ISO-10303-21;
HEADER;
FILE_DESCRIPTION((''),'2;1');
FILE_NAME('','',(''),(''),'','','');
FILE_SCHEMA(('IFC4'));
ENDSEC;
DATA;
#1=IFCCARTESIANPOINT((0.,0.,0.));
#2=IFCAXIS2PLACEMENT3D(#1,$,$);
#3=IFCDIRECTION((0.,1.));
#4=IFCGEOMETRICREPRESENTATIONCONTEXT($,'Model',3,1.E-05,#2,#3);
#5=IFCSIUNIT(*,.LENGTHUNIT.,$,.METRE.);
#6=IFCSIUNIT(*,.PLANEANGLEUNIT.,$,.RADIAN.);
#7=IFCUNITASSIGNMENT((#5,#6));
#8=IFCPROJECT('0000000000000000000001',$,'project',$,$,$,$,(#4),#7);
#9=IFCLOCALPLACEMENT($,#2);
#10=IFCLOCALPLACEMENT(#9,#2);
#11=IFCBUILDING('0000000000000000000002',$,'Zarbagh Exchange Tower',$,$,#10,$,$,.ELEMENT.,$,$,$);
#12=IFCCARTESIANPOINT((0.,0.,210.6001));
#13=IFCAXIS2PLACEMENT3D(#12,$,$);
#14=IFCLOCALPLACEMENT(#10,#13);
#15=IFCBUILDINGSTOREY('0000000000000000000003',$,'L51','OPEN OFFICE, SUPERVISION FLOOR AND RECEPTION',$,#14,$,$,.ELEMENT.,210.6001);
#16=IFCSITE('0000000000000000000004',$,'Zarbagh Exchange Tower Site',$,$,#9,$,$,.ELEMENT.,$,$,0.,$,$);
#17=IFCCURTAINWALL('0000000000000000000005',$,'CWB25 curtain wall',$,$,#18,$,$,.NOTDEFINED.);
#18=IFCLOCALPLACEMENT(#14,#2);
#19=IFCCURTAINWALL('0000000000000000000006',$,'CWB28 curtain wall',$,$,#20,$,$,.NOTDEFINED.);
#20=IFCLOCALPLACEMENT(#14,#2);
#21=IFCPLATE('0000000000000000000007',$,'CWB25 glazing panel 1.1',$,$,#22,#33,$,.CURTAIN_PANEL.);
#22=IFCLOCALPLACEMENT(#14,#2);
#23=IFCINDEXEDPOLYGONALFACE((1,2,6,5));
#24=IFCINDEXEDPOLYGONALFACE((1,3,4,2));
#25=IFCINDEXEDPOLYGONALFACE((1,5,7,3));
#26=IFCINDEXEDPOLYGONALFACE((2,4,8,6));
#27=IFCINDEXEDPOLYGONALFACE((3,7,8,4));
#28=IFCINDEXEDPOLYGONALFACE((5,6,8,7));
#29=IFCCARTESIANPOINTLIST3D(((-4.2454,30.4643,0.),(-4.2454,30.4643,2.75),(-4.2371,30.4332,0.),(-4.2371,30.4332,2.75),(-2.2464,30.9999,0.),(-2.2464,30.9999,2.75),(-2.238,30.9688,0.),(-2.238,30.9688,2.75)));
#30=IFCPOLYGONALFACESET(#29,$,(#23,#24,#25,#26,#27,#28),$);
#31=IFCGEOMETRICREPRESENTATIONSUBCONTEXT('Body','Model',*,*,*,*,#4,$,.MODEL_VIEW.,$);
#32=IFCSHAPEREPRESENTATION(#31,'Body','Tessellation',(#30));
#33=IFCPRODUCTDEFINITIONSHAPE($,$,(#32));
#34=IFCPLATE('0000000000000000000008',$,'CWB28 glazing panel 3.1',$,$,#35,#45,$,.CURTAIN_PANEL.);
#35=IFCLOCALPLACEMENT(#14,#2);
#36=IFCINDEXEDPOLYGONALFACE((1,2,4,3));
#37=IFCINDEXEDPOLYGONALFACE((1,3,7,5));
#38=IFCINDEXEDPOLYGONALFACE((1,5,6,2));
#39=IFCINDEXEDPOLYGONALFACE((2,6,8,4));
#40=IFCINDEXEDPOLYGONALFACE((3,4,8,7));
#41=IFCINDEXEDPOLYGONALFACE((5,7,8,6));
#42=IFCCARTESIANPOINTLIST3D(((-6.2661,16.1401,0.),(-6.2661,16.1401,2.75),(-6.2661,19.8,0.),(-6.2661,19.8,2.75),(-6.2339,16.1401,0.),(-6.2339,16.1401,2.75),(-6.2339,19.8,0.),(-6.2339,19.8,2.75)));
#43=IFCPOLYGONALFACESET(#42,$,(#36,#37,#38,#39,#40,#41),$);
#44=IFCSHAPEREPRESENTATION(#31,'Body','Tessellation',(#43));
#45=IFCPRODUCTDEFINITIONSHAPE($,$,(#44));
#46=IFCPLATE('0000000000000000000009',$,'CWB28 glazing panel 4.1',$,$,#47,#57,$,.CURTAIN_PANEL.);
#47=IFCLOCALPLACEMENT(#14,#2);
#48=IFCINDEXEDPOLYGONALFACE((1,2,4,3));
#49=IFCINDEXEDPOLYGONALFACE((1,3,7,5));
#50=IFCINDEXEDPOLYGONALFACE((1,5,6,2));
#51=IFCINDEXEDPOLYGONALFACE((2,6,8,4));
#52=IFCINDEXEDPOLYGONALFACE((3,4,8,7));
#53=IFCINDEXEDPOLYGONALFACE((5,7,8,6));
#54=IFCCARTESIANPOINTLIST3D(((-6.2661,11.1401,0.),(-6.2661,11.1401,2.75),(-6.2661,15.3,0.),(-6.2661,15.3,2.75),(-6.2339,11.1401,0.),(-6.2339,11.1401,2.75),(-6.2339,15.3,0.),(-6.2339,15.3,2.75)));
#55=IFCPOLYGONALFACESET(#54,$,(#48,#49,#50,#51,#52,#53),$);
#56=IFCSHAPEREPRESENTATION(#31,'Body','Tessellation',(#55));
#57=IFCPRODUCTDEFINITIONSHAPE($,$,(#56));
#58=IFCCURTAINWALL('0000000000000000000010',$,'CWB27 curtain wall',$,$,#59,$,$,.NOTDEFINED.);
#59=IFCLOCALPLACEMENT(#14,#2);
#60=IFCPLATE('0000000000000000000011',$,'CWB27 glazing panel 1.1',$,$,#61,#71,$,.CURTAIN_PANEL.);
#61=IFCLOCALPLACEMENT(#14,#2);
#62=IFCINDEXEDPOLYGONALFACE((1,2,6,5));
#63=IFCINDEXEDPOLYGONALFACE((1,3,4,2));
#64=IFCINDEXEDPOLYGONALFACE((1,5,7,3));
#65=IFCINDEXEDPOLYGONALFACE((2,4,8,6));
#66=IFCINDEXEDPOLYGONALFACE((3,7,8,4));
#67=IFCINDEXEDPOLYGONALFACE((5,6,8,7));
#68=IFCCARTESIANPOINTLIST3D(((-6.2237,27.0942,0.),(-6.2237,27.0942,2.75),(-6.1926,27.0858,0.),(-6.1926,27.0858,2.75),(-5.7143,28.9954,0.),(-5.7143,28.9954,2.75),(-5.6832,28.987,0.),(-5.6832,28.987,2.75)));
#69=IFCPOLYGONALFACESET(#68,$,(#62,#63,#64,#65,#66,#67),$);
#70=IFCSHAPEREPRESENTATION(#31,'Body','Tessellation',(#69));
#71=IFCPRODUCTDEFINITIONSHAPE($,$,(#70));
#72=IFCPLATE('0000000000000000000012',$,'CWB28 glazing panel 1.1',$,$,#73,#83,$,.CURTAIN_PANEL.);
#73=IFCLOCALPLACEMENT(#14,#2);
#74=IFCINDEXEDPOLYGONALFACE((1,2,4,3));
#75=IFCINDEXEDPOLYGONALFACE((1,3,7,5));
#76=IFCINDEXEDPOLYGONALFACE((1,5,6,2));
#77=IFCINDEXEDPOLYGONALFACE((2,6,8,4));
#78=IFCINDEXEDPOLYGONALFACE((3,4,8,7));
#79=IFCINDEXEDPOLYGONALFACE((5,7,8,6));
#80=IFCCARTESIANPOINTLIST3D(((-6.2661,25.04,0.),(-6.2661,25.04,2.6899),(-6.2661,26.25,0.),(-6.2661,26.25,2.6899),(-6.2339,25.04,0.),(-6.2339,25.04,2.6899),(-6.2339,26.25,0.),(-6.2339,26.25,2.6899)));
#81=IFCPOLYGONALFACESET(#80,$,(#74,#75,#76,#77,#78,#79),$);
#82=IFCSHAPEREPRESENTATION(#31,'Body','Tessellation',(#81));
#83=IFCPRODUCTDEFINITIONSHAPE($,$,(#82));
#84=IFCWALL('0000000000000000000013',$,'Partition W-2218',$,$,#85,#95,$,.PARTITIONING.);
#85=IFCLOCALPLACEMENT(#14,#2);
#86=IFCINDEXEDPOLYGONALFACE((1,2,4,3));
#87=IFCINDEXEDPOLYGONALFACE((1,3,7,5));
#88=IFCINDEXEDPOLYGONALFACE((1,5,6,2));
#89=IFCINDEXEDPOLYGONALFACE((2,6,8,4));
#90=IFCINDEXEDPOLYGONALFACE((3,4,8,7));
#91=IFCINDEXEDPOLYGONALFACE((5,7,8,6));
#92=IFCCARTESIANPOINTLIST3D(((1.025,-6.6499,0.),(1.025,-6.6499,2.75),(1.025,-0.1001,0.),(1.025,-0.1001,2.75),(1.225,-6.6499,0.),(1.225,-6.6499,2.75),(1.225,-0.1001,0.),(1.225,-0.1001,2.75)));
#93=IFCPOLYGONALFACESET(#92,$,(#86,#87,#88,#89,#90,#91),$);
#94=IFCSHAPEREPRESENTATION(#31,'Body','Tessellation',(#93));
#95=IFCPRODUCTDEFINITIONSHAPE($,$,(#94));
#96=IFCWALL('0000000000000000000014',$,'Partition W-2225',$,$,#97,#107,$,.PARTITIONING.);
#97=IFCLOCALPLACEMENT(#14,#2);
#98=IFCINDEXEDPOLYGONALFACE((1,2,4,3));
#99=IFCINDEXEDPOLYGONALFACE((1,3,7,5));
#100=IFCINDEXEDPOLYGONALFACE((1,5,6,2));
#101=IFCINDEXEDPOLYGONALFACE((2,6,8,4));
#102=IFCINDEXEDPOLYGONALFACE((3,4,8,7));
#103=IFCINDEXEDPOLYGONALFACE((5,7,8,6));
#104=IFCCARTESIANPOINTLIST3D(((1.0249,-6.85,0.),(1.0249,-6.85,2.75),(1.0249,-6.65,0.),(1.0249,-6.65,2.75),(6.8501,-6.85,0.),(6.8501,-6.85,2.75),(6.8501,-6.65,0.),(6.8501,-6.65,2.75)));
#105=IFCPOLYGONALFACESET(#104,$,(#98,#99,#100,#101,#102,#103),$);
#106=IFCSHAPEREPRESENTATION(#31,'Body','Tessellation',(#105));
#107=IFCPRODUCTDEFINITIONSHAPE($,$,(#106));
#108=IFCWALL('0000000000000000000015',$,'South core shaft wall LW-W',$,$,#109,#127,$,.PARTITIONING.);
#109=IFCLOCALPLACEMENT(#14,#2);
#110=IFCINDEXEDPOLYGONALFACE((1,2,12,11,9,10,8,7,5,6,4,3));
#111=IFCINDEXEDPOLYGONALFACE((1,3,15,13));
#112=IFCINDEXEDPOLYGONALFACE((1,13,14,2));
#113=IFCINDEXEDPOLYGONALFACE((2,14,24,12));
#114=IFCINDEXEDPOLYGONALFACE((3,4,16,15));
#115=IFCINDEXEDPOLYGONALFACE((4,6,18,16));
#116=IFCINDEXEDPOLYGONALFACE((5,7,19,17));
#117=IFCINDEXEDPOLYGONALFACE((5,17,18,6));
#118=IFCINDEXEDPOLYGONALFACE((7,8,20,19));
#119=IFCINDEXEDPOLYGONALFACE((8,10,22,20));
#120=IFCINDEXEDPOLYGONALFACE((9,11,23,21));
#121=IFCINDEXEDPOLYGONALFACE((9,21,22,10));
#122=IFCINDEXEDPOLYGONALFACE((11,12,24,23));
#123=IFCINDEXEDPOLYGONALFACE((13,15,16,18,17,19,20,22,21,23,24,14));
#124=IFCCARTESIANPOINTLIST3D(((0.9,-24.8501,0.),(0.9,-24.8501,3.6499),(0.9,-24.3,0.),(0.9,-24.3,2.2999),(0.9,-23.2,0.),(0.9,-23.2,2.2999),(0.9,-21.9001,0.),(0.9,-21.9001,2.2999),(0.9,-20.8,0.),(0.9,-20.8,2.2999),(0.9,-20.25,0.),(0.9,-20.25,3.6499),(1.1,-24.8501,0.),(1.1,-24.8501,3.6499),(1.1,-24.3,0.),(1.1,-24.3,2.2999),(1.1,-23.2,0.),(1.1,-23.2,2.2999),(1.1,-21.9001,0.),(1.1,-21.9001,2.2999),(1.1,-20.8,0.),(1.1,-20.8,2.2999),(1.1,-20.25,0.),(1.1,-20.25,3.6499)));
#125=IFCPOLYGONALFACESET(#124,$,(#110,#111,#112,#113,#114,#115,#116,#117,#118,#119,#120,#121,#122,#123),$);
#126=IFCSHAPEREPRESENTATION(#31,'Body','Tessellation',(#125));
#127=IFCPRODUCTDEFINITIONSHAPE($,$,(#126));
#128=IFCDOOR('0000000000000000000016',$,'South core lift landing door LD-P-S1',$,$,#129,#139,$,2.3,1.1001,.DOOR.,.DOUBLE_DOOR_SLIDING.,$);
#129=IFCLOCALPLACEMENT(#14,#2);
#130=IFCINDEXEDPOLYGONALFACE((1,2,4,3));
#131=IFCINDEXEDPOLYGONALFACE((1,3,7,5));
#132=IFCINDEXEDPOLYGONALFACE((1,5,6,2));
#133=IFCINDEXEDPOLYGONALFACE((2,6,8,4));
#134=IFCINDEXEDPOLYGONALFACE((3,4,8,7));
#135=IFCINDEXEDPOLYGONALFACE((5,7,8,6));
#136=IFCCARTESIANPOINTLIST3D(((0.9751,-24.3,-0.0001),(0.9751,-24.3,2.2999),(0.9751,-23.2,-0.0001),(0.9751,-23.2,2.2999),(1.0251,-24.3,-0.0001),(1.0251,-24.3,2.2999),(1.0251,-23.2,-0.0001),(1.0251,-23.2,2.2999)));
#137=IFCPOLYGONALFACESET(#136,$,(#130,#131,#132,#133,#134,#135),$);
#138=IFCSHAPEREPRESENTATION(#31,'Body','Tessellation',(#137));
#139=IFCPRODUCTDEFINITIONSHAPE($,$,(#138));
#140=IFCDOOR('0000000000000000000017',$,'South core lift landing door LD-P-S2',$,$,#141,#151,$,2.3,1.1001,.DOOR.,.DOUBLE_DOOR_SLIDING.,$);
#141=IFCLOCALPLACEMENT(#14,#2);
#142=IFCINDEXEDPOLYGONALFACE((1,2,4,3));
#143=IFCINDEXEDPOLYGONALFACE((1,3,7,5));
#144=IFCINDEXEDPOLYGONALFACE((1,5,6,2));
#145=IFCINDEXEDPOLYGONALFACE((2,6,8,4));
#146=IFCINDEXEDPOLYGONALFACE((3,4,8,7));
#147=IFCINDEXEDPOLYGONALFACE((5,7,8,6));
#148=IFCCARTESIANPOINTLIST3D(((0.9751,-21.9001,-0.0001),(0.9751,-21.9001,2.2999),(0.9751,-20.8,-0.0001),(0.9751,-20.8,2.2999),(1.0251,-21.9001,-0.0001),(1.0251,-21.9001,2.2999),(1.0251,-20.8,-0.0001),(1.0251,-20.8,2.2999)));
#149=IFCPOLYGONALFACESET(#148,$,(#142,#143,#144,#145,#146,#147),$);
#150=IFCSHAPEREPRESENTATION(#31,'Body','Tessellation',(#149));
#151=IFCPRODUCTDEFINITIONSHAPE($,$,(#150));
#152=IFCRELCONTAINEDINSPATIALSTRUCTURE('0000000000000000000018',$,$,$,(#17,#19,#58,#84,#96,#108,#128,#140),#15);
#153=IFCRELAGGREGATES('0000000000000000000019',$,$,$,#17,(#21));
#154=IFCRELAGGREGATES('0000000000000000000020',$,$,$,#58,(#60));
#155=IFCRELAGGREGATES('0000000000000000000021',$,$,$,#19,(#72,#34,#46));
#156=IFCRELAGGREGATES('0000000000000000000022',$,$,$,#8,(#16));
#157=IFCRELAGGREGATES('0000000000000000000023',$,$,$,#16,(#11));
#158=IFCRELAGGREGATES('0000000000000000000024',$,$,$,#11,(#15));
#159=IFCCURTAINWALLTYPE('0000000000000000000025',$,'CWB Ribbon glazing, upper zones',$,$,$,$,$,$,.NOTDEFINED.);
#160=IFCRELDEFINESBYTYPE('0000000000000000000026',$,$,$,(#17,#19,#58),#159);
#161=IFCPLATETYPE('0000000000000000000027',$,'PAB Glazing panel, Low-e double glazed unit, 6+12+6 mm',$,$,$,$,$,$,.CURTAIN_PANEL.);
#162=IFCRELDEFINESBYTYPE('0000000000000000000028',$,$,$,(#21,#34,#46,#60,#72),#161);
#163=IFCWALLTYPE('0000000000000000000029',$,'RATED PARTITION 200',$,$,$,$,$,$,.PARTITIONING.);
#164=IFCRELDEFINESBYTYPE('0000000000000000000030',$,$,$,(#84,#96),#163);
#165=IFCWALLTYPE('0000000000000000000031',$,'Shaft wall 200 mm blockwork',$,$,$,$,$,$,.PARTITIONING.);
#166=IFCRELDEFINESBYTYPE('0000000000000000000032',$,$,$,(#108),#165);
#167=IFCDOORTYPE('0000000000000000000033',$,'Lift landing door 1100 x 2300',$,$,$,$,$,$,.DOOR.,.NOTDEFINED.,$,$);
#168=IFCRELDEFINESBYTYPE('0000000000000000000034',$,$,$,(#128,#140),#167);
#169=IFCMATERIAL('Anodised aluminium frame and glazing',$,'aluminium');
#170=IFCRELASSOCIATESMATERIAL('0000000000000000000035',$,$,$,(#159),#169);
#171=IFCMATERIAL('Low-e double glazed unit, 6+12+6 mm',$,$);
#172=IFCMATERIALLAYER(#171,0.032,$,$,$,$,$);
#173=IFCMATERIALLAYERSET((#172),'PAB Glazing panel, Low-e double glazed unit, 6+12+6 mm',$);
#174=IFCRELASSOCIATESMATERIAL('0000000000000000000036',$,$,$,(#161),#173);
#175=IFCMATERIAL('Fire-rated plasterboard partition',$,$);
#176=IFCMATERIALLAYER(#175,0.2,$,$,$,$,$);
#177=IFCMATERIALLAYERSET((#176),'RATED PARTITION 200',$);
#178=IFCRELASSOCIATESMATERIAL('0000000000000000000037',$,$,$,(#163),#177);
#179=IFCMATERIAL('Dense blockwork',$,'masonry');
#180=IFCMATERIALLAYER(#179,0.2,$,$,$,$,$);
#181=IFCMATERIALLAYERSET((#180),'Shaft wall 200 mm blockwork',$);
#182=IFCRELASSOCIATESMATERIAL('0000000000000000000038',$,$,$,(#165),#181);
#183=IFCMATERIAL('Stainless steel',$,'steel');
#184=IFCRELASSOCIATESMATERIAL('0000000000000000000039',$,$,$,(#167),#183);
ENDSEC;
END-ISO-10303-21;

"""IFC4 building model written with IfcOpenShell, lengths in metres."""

from ifc_helpers import new_model, si_unit, direction, frame, frame_2d, origin, place, context, subcontext, project, spatial, polyline, rectangle, outline, extrude, source, transform, mapped, material, layer, layer_set, type_object, element, fill, aggregate, save


model = new_model("IFC4")

# Units and contexts
model_context = context("Model", 3, precision=1e-05, world=origin(), true_north=direction((0.0, 1.0)))
body_context = subcontext(model_context, "Body", "Model", "MODEL_VIEW")
ifc_project = project(units=[si_unit("LENGTHUNIT", "METRE"), si_unit("PLANEANGLEUNIT", "RADIAN")], contexts=[model_context])

# Site, building, storey
site_placement = place(None, origin())
site = spatial("IfcSite", under=ifc_project, at=site_placement, Name="Zarbagh Exchange Tower Site", CompositionType="ELEMENT", RefElevation=0.0)
building_placement = place(site_placement, origin())
building = spatial("IfcBuilding", under=site, at=building_placement, Name="Zarbagh Exchange Tower", CompositionType="ELEMENT")
storey_placement = place(building_placement, frame((0.0, 0.0, 210.6001)))
storey = spatial("IfcBuildingStorey", under=building, at=storey_placement, Name="L51", Description="OPEN OFFICE, SUPERVISION FLOOR AND RECEPTION", CompositionType="ELEMENT", Elevation=210.6001)

# Curtain wall
ifc_material_1 = material(Name="Anodised aluminium frame and glazing", Category="aluminium")
curtain_wall_type = type_object("IfcCurtainWallType", Name="CWB Ribbon glazing, upper zones", PredefinedType="NOTDEFINED", material=ifc_material_1)
placement = place(storey_placement, origin())
curtain_wall_1_placement = place(storey_placement, origin())
curtain_wall_1 = element("IfcCurtainWall", 1, at=curtain_wall_1_placement, inside=storey, type_object=curtain_wall_type, Name="CWB25 curtain wall", PredefinedType="NOTDEFINED")

# Curtain wall
curtain_wall_2_placement = place(storey_placement, origin())
curtain_wall_2 = element("IfcCurtainWall", 2, at=curtain_wall_2_placement, inside=storey, type_object=curtain_wall_type, Name="CWB28 curtain wall", PredefinedType="NOTDEFINED")

# Shared definitions
ifc_material_2 = material(Name="Low-e double glazed unit, 6+12+6 mm")
ifc_layer_1 = layer(ifc_material_2, 0.032)
ifc_layer_set_1 = layer_set([ifc_layer_1], Name="PAB Glazing panel, Low-e double glazed unit, 6+12+6 mm")
plate_type = type_object("IfcPlateType", Name="PAB Glazing panel, Low-e double glazed unit, 6+12+6 mm", PredefinedType="CURTAIN_PANEL", material=ifc_layer_set_1)

# Plates
shared_shape_1 = source(origin(), body_context, "Body", "SweptSolid", [
    extrude(outline(polyline([(0.0, -0.0161), (2.0696, -0.0161), (2.0696, 0.0161), (0.0, 0.0161), (0.0, -0.0161)])), origin(), (0.0, 0.0, 1.0), 2.75),
])
plate_1 = element("IfcPlate", 3, at=placement, type_object=plate_type, Name="CWB25 glazing panel 1.1", PredefinedType="CURTAIN_PANEL", context=body_context, shape_type="MappedRepresentation", body=[
    mapped(shared_shape_1, transform((-2.2422, 30.9844, 0.0), x_axis=(-0.965924, -0.258825, 0.0), y_axis=(0.258825, -0.965924, 0.0), z_axis=(0.0, 0.0, 1.0))),
])
aggregate(curtain_wall_1, [plate_1])
shared_shape_2 = source(origin(), body_context, "Body", "SweptSolid", [
    extrude(outline(polyline([(0.0, -0.0161), (3.6599, -0.0161), (3.6599, 0.0161), (0.0, 0.0161), (0.0, -0.0161)])), origin(), (0.0, 0.0, 1.0), 2.75),
])
plate_2 = element("IfcPlate", 4, at=placement, type_object=plate_type, Name="CWB28 glazing panel 3.1", PredefinedType="CURTAIN_PANEL", context=body_context, shape_type="MappedRepresentation", body=[
    mapped(shared_shape_2, transform((-6.25, 19.8, 0.0), x_axis=(0.0, -1.0, 0.0), y_axis=(1.0, 0.0, 0.0), z_axis=(0.0, 0.0, 1.0))),
])
shared_shape_3 = source(origin(), body_context, "Body", "SweptSolid", [
    extrude(outline(polyline([(0.0, -0.0161), (4.1599, -0.0161), (4.1599, 0.0161), (0.0, 0.0161), (0.0, -0.0161)])), origin(), (0.0, 0.0, 1.0), 2.75),
])
plate_3 = element("IfcPlate", 5, at=placement, type_object=plate_type, Name="CWB28 glazing panel 4.1", PredefinedType="CURTAIN_PANEL", context=body_context, shape_type="MappedRepresentation", body=[
    mapped(shared_shape_3, transform((-6.25, 15.3, 0.0), x_axis=(0.0, -1.0, 0.0), y_axis=(1.0, 0.0, 0.0), z_axis=(0.0, 0.0, 1.0))),
])

# Curtain wall, plate
curtain_wall_3_placement = place(storey_placement, origin())
curtain_wall_3 = element("IfcCurtainWall", 6, at=curtain_wall_3_placement, inside=storey, type_object=curtain_wall_type, Name="CWB27 curtain wall", PredefinedType="NOTDEFINED")
shared_shape_4 = source(origin(), body_context, "Body", "SweptSolid", [
    extrude(outline(polyline([(0.0, -0.0161), (1.9683, -0.0161), (1.9683, 0.0161), (0.0, 0.0161), (0.0, -0.0161)])), origin(), (0.0, 0.0, 1.0), 2.75),
])
plate_4 = element("IfcPlate", 7, at=placement, type_object=plate_type, Name="CWB27 glazing panel 1.1", PredefinedType="CURTAIN_PANEL", context=body_context, shape_type="MappedRepresentation", body=[
    mapped(shared_shape_4, transform((-5.6987, 28.9912, 0.0), x_axis=(-0.258825, -0.965924, 0.0), y_axis=(0.965924, -0.258825, 0.0), z_axis=(0.0, 0.0, 1.0))),
])
aggregate(curtain_wall_3, [plate_4])

# Plate
shared_shape_5 = source(origin(), body_context, "Body", "SweptSolid", [
    extrude(outline(polyline([(0.0, -0.0161), (1.21, -0.0161), (1.21, 0.0161), (0.0, 0.0161), (0.0, -0.0161)])), origin(), (0.0, 0.0, 1.0), 2.6899),
])
plate_5 = element("IfcPlate", 8, at=placement, type_object=plate_type, Name="CWB28 glazing panel 1.1", PredefinedType="CURTAIN_PANEL", context=body_context, shape_type="MappedRepresentation", body=[
    mapped(shared_shape_5, transform((-6.25, 26.25, 0.0), x_axis=(0.0, -1.0, 0.0), y_axis=(1.0, 0.0, 0.0), z_axis=(0.0, 0.0, 1.0))),
])
aggregate(curtain_wall_2, [plate_5, plate_2, plate_3])

# Walls
ifc_material_3 = material(Name="Fire-rated plasterboard partition")
ifc_layer_2 = layer(ifc_material_3, 0.2)
ifc_layer_set_2 = layer_set([ifc_layer_2], Name="RATED PARTITION 200")
wall_type_1 = type_object("IfcWallType", Name="RATED PARTITION 200", PredefinedType="PARTITIONING", material=ifc_layer_set_2)
wall_1_placement = place(storey_placement, frame((1.125, -6.6499, 0.0), z_axis=(0.0, 0.0, 1.0), x_axis=(0.0, 1.0, 0.0)))
element("IfcWall", 9, at=wall_1_placement, inside=storey, type_object=wall_type_1, Name="Partition W-2218", PredefinedType="PARTITIONING", context=body_context, shape_type="SweptSolid", body=[
    extrude(rectangle(XDim=6.5498, YDim=0.2, at=frame_2d((3.2749, 0.0))), origin(), (0.0, 0.0, 1.0), 2.75),
])
wall_2_placement = place(storey_placement, frame((1.0249, -6.75, 0.0), z_axis=(0.0, 0.0, 1.0), x_axis=(1.0, 0.0, 0.0)))
element("IfcWall", 10, at=wall_2_placement, inside=storey, type_object=wall_type_1, Name="Partition W-2225", PredefinedType="PARTITIONING", context=body_context, shape_type="SweptSolid", body=[
    extrude(rectangle(XDim=5.8252, YDim=0.2, at=frame_2d((2.9126, 0.0))), origin(), (0.0, 0.0, 1.0), 2.75),
])

# Wall, openings, doors
ifc_material_4 = material(Name="Dense blockwork", Category="masonry")
ifc_layer_3 = layer(ifc_material_4, 0.2)
ifc_layer_set_3 = layer_set([ifc_layer_3], Name="Shaft wall 200 mm blockwork")
wall_type_2 = type_object("IfcWallType", Name="Shaft wall 200 mm blockwork", PredefinedType="PARTITIONING", material=ifc_layer_set_3)
wall_3_placement = place(storey_placement, frame((1.0, -24.8501, 0.0), z_axis=(0.0, 0.0, 1.0), x_axis=(0.0, 1.0, 0.0)))
wall_3 = element("IfcWall", 11, at=wall_3_placement, inside=storey, type_object=wall_type_2, Name="South core shaft wall LW-W", PredefinedType="PARTITIONING", context=body_context, shape_type="SweptSolid", body=[
    extrude(rectangle(XDim=4.6001, YDim=0.2, at=frame_2d((2.3, 0.0))), origin(), (0.0, 0.0, 1.0), 3.6499),
])
opening_1_placement = place(wall_3_placement, frame((0.55, 0.0, 0.0)))
opening_1 = element("IfcOpeningElement", 12, at=opening_1_placement, cuts=wall_3, PredefinedType="OPENING", context=body_context, shape_type="SweptSolid", body=[
    extrude(rectangle(XDim=1.1001, YDim=2.3, at=frame_2d((0.55, 1.1499))), frame((0.0, 0.1099, 0.0), z_axis=(0.0, -1.0, 0.0), x_axis=(1.0, 0.0, 0.0)), (0.0, 0.0, 1.0), 0.22),
])
opening_2_placement = place(wall_3_placement, frame((2.95, 0.0, 0.0)))
opening_2 = element("IfcOpeningElement", 13, at=opening_2_placement, cuts=wall_3, PredefinedType="OPENING", context=body_context, shape_type="SweptSolid", body=[
    extrude(rectangle(XDim=1.1001, YDim=2.3, at=frame_2d((0.55, 1.1499))), frame((0.0, 0.1099, 0.0), z_axis=(0.0, -1.0, 0.0), x_axis=(1.0, 0.0, 0.0)), (0.0, 0.0, 1.0), 0.22),
])
ifc_material_5 = material(Name="Stainless steel", Category="steel")
door_type = type_object("IfcDoorType", Name="Lift landing door 1100 x 2300", OperationType="NOTDEFINED", PredefinedType="DOOR", material=ifc_material_5)
door_1_placement = place(opening_1_placement, origin())
door_1 = element("IfcDoor", 14, at=door_1_placement, inside=storey, type_object=door_type, Name="South core lift landing door LD-P-S1", OperationType="DOUBLE_DOOR_SLIDING", OverallHeight=2.3, OverallWidth=1.1001, PredefinedType="DOOR", context=body_context, shape_type="SweptSolid", body=[
    extrude(rectangle(XDim=1.1001, YDim=2.3, at=frame_2d((0.55, 1.1499))), frame((0.0, 0.0249, 0.0), z_axis=(0.0, -1.0, 0.0), x_axis=(1.0, 0.0, 0.0)), (0.0, 0.0, 1.0), 0.05),
])
fill(opening_1, door_1)
door_2_placement = place(opening_2_placement, origin())
door_2 = element("IfcDoor", 15, at=door_2_placement, inside=storey, type_object=door_type, Name="South core lift landing door LD-P-S2", OperationType="DOUBLE_DOOR_SLIDING", OverallHeight=2.3, OverallWidth=1.1001, PredefinedType="DOOR", context=body_context, shape_type="SweptSolid", body=[
    extrude(rectangle(XDim=1.1001, YDim=2.3, at=frame_2d((0.55, 1.1499))), frame((0.0, 0.0249, 0.0), z_axis=(0.0, -1.0, 0.0), x_axis=(1.0, 0.0, 0.0)), (0.0, 0.0, 1.0), 0.05),
])
fill(opening_2, door_2)

save(model, "model.ifc")
